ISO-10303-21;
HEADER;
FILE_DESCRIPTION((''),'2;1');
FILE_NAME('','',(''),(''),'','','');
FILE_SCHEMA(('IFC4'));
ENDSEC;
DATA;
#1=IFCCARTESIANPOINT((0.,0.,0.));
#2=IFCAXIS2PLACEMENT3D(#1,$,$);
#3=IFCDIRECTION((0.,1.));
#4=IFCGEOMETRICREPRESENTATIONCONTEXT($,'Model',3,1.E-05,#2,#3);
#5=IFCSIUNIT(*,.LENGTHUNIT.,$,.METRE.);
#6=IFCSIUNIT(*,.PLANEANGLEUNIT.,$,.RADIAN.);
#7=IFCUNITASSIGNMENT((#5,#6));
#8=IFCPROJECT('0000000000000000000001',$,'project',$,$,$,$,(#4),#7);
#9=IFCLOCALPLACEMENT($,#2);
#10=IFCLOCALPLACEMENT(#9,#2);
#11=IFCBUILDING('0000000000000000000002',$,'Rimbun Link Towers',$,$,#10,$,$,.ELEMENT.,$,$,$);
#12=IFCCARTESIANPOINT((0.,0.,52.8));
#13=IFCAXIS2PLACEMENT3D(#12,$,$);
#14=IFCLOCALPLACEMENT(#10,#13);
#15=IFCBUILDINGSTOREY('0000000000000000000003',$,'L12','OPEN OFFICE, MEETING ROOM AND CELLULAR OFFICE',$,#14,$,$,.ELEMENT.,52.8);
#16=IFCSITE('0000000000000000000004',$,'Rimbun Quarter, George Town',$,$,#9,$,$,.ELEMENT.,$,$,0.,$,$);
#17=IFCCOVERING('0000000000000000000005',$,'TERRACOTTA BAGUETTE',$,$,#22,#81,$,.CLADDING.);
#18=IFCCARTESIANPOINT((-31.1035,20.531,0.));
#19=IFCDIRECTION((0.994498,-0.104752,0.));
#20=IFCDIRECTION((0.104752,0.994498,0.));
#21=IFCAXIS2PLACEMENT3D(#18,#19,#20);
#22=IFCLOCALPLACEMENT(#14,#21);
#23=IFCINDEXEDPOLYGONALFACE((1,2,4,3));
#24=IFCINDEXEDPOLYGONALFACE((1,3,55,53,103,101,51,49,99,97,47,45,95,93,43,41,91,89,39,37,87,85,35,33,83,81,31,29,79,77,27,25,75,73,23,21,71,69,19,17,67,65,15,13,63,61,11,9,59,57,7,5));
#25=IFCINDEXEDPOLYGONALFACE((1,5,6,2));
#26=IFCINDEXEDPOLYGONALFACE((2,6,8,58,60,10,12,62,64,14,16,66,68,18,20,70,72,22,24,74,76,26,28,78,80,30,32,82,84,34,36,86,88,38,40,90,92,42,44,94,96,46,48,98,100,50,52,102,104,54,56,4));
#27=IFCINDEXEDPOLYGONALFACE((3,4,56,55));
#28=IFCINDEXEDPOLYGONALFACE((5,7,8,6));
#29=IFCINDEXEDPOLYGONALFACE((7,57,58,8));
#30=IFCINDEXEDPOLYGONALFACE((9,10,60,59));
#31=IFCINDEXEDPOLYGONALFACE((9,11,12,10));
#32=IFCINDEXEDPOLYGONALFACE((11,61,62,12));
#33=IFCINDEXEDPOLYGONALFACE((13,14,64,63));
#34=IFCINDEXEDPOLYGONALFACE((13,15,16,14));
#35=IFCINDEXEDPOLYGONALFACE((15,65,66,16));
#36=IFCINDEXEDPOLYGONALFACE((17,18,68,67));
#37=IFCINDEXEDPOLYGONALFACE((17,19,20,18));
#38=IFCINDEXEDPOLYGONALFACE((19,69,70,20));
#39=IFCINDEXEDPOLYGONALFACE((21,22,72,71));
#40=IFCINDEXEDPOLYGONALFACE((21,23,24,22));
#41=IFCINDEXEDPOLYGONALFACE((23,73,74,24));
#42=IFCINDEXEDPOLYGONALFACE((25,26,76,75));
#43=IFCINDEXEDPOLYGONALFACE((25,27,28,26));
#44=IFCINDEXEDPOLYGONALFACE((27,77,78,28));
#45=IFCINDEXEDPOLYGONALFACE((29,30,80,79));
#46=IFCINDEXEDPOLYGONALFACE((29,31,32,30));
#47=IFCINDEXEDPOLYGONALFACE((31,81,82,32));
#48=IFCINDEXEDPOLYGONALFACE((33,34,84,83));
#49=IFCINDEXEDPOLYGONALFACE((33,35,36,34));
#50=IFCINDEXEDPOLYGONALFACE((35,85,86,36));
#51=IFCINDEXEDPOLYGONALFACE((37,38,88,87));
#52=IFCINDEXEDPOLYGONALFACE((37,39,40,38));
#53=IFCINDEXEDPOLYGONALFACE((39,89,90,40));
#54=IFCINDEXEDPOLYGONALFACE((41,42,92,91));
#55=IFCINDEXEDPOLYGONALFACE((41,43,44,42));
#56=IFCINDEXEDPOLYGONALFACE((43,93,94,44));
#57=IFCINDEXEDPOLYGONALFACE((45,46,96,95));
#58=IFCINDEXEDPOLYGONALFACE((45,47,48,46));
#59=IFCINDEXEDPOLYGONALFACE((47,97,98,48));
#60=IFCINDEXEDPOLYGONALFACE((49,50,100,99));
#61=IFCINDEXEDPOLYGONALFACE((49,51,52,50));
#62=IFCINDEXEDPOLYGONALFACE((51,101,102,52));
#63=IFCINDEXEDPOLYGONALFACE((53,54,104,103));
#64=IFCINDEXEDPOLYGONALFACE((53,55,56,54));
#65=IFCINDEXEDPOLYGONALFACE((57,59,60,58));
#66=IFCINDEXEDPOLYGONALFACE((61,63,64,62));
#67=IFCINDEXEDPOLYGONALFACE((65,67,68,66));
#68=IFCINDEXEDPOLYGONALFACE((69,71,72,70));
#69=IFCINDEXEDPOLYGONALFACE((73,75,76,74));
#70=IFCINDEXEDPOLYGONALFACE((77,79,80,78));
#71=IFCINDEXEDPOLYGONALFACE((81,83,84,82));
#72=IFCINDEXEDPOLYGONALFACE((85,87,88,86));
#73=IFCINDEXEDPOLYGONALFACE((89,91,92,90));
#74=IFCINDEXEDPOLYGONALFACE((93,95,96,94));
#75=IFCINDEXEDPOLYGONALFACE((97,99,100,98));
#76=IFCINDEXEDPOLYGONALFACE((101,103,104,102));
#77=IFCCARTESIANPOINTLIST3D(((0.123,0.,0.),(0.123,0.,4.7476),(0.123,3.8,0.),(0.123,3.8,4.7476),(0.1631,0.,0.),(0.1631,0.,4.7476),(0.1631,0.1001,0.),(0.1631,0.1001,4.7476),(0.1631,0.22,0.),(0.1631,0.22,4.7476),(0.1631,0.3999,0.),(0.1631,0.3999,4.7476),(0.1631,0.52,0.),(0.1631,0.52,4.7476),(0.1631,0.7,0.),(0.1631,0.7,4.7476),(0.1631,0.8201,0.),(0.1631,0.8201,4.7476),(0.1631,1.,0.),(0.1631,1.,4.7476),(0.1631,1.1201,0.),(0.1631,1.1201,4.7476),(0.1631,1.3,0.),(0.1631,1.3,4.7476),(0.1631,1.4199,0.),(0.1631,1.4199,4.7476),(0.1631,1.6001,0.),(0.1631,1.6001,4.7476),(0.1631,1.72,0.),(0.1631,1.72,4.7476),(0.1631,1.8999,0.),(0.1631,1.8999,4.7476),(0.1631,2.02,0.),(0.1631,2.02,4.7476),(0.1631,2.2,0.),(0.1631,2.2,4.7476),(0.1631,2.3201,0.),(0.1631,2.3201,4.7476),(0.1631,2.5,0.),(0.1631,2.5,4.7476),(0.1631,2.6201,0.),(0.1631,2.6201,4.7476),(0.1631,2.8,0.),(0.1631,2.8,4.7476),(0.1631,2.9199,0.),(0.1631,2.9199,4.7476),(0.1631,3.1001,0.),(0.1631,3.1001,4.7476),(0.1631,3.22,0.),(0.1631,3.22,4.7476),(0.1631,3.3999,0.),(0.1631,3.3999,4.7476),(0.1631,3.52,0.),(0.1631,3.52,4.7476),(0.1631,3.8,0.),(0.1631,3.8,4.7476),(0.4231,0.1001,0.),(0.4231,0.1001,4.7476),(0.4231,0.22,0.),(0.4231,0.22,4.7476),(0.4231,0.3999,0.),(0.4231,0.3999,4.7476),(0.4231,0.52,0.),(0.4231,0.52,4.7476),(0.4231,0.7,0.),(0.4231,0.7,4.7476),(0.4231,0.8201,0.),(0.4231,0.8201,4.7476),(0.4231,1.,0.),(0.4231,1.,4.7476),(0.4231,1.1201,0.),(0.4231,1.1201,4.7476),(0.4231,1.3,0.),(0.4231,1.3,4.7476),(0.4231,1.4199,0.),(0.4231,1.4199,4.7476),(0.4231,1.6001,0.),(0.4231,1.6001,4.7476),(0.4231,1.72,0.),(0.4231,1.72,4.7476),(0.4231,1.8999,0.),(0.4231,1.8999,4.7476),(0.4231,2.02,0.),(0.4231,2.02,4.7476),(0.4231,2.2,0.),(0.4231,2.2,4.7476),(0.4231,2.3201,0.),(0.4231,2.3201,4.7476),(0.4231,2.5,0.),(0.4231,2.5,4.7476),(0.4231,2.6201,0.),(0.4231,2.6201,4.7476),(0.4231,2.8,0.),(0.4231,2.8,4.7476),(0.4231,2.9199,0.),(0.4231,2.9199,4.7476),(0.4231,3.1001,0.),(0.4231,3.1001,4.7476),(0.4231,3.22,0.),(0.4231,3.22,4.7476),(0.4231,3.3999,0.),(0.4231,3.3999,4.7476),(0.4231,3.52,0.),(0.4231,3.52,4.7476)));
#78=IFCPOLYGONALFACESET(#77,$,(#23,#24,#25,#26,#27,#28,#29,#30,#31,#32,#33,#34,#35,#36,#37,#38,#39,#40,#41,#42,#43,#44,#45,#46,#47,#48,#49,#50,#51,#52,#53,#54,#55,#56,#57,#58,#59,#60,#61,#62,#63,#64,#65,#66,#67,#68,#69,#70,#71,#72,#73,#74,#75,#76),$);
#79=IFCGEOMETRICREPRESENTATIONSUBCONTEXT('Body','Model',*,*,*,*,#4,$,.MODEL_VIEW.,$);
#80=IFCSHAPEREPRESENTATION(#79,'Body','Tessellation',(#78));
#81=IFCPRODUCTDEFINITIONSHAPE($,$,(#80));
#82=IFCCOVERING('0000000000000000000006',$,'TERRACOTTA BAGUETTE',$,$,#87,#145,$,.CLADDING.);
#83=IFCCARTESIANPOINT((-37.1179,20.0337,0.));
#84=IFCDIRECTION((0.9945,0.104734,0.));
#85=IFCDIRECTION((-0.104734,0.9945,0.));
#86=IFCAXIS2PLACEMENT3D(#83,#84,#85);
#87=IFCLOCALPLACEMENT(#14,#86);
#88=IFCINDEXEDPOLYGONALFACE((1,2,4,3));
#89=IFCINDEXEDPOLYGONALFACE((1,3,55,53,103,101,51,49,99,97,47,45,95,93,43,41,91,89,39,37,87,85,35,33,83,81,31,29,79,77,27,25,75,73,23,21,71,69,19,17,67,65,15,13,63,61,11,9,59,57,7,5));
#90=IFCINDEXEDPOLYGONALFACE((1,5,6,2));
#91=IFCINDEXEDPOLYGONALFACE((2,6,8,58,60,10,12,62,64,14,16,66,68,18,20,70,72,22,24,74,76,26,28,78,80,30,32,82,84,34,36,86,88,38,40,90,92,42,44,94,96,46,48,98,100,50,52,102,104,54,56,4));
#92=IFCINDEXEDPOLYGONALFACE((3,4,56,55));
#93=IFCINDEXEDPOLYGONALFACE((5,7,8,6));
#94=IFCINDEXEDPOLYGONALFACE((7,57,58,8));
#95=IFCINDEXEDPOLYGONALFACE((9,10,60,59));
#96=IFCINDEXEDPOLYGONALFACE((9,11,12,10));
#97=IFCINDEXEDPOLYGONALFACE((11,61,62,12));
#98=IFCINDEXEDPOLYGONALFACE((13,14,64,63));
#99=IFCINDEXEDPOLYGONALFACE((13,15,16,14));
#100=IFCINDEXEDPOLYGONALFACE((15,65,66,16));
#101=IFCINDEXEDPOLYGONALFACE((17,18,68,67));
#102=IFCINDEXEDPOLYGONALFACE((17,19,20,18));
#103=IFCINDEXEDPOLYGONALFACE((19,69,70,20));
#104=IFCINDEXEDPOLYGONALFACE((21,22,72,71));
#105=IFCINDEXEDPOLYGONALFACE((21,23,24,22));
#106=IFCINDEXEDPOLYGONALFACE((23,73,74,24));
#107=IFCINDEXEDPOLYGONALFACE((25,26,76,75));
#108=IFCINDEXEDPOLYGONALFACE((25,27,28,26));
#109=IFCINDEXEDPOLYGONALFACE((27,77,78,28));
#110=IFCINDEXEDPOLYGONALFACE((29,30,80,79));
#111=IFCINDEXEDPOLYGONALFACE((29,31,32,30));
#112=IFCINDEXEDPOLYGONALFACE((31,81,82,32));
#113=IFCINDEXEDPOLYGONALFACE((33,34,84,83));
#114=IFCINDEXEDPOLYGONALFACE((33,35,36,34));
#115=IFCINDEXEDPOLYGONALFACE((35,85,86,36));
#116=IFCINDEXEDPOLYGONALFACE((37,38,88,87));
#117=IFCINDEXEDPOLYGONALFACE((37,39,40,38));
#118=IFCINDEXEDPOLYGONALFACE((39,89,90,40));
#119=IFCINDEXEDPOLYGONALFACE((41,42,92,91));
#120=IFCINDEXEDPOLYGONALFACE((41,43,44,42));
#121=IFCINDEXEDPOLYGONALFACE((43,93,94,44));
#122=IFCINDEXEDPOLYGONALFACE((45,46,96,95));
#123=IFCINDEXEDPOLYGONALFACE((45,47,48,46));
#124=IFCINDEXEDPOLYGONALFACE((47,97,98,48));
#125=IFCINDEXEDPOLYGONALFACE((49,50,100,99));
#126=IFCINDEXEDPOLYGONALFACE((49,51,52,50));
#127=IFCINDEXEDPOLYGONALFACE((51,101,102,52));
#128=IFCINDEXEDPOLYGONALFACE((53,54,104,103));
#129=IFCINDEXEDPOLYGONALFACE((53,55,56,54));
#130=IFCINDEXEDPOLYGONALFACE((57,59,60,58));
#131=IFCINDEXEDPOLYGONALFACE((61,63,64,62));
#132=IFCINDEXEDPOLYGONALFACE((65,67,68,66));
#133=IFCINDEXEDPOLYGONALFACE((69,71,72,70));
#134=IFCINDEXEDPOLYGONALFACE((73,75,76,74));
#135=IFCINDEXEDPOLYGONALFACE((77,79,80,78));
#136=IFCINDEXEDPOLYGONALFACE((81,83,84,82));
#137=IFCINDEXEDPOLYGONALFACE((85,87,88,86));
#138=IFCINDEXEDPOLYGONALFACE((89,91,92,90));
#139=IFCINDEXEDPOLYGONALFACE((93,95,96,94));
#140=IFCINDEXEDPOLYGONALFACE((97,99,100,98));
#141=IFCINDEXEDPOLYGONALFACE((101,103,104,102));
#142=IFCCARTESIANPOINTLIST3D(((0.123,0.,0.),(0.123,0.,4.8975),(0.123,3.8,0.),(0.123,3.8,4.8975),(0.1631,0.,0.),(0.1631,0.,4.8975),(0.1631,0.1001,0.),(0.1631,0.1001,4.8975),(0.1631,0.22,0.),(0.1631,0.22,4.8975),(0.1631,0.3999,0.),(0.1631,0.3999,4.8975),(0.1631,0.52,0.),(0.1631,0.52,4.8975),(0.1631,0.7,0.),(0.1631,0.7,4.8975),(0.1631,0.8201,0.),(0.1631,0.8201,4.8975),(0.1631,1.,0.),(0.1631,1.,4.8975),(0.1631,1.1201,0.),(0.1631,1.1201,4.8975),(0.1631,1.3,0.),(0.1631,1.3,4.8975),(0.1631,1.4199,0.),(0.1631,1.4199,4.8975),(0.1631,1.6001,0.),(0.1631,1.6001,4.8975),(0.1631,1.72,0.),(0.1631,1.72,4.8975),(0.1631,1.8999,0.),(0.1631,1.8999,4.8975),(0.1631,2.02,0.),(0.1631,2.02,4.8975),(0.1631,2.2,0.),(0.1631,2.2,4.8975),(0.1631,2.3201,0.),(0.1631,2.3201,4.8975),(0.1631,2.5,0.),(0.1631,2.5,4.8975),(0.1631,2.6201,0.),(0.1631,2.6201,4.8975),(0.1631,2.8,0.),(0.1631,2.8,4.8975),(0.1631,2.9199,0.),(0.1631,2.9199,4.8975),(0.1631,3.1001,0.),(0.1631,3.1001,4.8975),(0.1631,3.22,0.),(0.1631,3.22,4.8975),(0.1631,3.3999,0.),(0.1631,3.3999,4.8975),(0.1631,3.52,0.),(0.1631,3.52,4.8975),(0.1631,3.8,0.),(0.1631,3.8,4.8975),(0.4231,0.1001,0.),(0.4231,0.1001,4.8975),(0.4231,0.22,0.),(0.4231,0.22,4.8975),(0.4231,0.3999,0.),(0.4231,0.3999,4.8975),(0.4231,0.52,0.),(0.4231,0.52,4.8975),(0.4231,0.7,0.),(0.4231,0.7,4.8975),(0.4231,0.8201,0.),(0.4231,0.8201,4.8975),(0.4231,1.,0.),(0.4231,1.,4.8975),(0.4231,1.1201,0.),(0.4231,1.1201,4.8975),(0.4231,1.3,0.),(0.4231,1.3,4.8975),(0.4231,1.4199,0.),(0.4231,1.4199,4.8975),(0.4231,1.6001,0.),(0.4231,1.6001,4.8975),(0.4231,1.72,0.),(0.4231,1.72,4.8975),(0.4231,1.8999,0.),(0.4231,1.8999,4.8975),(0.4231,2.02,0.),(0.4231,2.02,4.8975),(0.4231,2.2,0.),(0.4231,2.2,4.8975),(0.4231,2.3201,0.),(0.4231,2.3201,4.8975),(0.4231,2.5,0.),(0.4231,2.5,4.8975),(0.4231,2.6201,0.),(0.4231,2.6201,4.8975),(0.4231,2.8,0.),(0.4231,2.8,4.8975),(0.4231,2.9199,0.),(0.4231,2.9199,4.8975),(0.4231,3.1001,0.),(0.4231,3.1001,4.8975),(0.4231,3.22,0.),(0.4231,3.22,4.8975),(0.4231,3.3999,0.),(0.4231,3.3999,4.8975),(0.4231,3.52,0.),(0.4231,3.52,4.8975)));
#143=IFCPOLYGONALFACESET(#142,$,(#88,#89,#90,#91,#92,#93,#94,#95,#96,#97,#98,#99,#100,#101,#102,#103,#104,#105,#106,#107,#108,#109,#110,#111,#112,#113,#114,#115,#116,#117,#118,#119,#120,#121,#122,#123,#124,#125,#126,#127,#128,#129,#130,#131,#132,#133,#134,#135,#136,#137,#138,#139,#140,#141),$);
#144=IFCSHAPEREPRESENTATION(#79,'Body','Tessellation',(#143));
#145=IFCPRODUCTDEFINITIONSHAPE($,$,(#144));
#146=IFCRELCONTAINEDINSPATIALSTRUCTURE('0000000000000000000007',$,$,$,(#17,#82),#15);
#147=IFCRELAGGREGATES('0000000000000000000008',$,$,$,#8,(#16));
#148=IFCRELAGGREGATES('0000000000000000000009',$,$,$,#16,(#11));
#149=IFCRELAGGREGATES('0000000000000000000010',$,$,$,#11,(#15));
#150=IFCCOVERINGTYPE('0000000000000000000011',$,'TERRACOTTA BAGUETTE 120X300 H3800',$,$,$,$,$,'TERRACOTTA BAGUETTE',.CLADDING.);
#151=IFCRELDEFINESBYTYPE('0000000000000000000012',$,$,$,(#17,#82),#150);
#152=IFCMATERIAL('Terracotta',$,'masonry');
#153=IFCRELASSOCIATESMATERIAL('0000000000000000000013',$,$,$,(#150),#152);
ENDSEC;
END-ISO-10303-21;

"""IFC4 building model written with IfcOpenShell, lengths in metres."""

from ifc_helpers import new_model, si_unit, direction, frame, origin, place, context, subcontext, project, spatial, polyline, outline, extrude, material, material_profile, profile_set, type_object, element, save


model = new_model("IFC4")

# Units and contexts
model_context = context("Model", 3, precision=1e-05, world=origin(), true_north=direction((0.0, 1.0)))
body_context = subcontext(model_context, "Body", "Model", "MODEL_VIEW")
ifc_project = project(units=[si_unit("LENGTHUNIT", "METRE"), si_unit("PLANEANGLEUNIT", "RADIAN")], contexts=[model_context])

# Site, building, storey
site_placement = place(None, origin())
site = spatial("IfcSite", under=ifc_project, at=site_placement, Name="Rimbun Quarter, George Town", CompositionType="ELEMENT", RefElevation=0.0)
building_placement = place(site_placement, origin())
building = spatial("IfcBuilding", under=site, at=building_placement, Name="Rimbun Link Towers", CompositionType="ELEMENT")
storey_placement = place(building_placement, frame((0.0, 0.0, 52.8)))
storey = spatial("IfcBuildingStorey", under=building, at=storey_placement, Name="L12", Description="OPEN OFFICE, MEETING ROOM AND CELLULAR OFFICE", CompositionType="ELEMENT", Elevation=52.8)

# Coverings
ifc_material_1 = material(Name="Terracotta", Category="masonry")
ifc_material_profile_1 = material_profile(ifc_material_1, outline(polyline([(0.123, 0.0), (0.1631, 0.0), (0.1631, 0.1001), (0.4231, 0.1001), (0.4231, 0.22), (0.1631, 0.22), (0.1631, 0.3999), (0.4231, 0.3999), (0.4231, 0.52), (0.1631, 0.52), (0.1631, 0.7), (0.4231, 0.7), (0.4231, 0.8201), (0.1631, 0.8201), (0.1631, 1.0), (0.4231, 1.0), (0.4231, 1.1201), (0.1631, 1.1201), (0.1631, 1.3), (0.4231, 1.3), (0.4231, 1.4199), (0.1631, 1.4199), (0.1631, 1.6001), (0.4231, 1.6001), (0.4231, 1.72), (0.1631, 1.72), (0.1631, 1.8999), (0.4231, 1.8999), (0.4231, 2.02), (0.1631, 2.02), (0.1631, 2.2), (0.4231, 2.2), (0.4231, 2.3201), (0.1631, 2.3201), (0.1631, 2.5), (0.4231, 2.5), (0.4231, 2.6201), (0.1631, 2.6201), (0.1631, 2.8), (0.4231, 2.8), (0.4231, 2.9199), (0.1631, 2.9199), (0.1631, 3.1001), (0.4231, 3.1001), (0.4231, 3.22), (0.1631, 3.22), (0.1631, 3.3999), (0.4231, 3.3999), (0.4231, 3.52), (0.1631, 3.52), (0.1631, 3.8), (0.123, 3.8), (0.123, 0.0)])), Name="BAGUETTE 120X300")
ifc_profile_set_1 = profile_set([ifc_material_profile_1], Name="Terracotta")
covering_type = type_object("IfcCoveringType", Name="TERRACOTTA BAGUETTE 120X300 H3800", ElementType="TERRACOTTA BAGUETTE", PredefinedType="CLADDING", material=ifc_profile_set_1)
covering_1_placement = place(storey_placement, frame((-31.1035, 20.531, 0.0), z_axis=(0.994498, -0.104752, 0.0), x_axis=(0.104752, 0.994498, 0.0)))
element("IfcCovering", 1, at=covering_1_placement, inside=storey, type_object=covering_type, Name="TERRACOTTA BAGUETTE", PredefinedType="CLADDING", context=body_context, shape_type="SweptSolid", body=[
    extrude(outline(polyline([(0.123, 0.0), (0.1631, 0.0), (0.1631, 0.1001), (0.4231, 0.1001), (0.4231, 0.22), (0.1631, 0.22), (0.1631, 0.3999), (0.4231, 0.3999), (0.4231, 0.52), (0.1631, 0.52), (0.1631, 0.7), (0.4231, 0.7), (0.4231, 0.8201), (0.1631, 0.8201), (0.1631, 1.0), (0.4231, 1.0), (0.4231, 1.1201), (0.1631, 1.1201), (0.1631, 1.3), (0.4231, 1.3), (0.4231, 1.4199), (0.1631, 1.4199), (0.1631, 1.6001), (0.4231, 1.6001), (0.4231, 1.72), (0.1631, 1.72), (0.1631, 1.8999), (0.4231, 1.8999), (0.4231, 2.02), (0.1631, 2.02), (0.1631, 2.2), (0.4231, 2.2), (0.4231, 2.3201), (0.1631, 2.3201), (0.1631, 2.5), (0.4231, 2.5), (0.4231, 2.6201), (0.1631, 2.6201), (0.1631, 2.8), (0.4231, 2.8), (0.4231, 2.9199), (0.1631, 2.9199), (0.1631, 3.1001), (0.4231, 3.1001), (0.4231, 3.22), (0.1631, 3.22), (0.1631, 3.3999), (0.4231, 3.3999), (0.4231, 3.52), (0.1631, 3.52), (0.1631, 3.8), (0.123, 3.8), (0.123, 0.0)])), origin(), (0.0, 0.0, 1.0), 4.7476),
])
covering_2_placement = place(storey_placement, frame((-37.1179, 20.0337, 0.0), z_axis=(0.9945, 0.104734, 0.0), x_axis=(-0.104734, 0.9945, 0.0)))
element("IfcCovering", 2, at=covering_2_placement, inside=storey, type_object=covering_type, Name="TERRACOTTA BAGUETTE", PredefinedType="CLADDING", context=body_context, shape_type="SweptSolid", body=[
    extrude(outline(polyline([(0.123, 0.0), (0.1631, 0.0), (0.1631, 0.1001), (0.4231, 0.1001), (0.4231, 0.22), (0.1631, 0.22), (0.1631, 0.3999), (0.4231, 0.3999), (0.4231, 0.52), (0.1631, 0.52), (0.1631, 0.7), (0.4231, 0.7), (0.4231, 0.8201), (0.1631, 0.8201), (0.1631, 1.0), (0.4231, 1.0), (0.4231, 1.1201), (0.1631, 1.1201), (0.1631, 1.3), (0.4231, 1.3), (0.4231, 1.4199), (0.1631, 1.4199), (0.1631, 1.6001), (0.4231, 1.6001), (0.4231, 1.72), (0.1631, 1.72), (0.1631, 1.8999), (0.4231, 1.8999), (0.4231, 2.02), (0.1631, 2.02), (0.1631, 2.2), (0.4231, 2.2), (0.4231, 2.3201), (0.1631, 2.3201), (0.1631, 2.5), (0.4231, 2.5), (0.4231, 2.6201), (0.1631, 2.6201), (0.1631, 2.8), (0.4231, 2.8), (0.4231, 2.9199), (0.1631, 2.9199), (0.1631, 3.1001), (0.4231, 3.1001), (0.4231, 3.22), (0.1631, 3.22), (0.1631, 3.3999), (0.4231, 3.3999), (0.4231, 3.52), (0.1631, 3.52), (0.1631, 3.8), (0.123, 3.8), (0.123, 0.0)])), origin(), (0.0, 0.0, 1.0), 4.8975),
])

save(model, "model.ifc")
